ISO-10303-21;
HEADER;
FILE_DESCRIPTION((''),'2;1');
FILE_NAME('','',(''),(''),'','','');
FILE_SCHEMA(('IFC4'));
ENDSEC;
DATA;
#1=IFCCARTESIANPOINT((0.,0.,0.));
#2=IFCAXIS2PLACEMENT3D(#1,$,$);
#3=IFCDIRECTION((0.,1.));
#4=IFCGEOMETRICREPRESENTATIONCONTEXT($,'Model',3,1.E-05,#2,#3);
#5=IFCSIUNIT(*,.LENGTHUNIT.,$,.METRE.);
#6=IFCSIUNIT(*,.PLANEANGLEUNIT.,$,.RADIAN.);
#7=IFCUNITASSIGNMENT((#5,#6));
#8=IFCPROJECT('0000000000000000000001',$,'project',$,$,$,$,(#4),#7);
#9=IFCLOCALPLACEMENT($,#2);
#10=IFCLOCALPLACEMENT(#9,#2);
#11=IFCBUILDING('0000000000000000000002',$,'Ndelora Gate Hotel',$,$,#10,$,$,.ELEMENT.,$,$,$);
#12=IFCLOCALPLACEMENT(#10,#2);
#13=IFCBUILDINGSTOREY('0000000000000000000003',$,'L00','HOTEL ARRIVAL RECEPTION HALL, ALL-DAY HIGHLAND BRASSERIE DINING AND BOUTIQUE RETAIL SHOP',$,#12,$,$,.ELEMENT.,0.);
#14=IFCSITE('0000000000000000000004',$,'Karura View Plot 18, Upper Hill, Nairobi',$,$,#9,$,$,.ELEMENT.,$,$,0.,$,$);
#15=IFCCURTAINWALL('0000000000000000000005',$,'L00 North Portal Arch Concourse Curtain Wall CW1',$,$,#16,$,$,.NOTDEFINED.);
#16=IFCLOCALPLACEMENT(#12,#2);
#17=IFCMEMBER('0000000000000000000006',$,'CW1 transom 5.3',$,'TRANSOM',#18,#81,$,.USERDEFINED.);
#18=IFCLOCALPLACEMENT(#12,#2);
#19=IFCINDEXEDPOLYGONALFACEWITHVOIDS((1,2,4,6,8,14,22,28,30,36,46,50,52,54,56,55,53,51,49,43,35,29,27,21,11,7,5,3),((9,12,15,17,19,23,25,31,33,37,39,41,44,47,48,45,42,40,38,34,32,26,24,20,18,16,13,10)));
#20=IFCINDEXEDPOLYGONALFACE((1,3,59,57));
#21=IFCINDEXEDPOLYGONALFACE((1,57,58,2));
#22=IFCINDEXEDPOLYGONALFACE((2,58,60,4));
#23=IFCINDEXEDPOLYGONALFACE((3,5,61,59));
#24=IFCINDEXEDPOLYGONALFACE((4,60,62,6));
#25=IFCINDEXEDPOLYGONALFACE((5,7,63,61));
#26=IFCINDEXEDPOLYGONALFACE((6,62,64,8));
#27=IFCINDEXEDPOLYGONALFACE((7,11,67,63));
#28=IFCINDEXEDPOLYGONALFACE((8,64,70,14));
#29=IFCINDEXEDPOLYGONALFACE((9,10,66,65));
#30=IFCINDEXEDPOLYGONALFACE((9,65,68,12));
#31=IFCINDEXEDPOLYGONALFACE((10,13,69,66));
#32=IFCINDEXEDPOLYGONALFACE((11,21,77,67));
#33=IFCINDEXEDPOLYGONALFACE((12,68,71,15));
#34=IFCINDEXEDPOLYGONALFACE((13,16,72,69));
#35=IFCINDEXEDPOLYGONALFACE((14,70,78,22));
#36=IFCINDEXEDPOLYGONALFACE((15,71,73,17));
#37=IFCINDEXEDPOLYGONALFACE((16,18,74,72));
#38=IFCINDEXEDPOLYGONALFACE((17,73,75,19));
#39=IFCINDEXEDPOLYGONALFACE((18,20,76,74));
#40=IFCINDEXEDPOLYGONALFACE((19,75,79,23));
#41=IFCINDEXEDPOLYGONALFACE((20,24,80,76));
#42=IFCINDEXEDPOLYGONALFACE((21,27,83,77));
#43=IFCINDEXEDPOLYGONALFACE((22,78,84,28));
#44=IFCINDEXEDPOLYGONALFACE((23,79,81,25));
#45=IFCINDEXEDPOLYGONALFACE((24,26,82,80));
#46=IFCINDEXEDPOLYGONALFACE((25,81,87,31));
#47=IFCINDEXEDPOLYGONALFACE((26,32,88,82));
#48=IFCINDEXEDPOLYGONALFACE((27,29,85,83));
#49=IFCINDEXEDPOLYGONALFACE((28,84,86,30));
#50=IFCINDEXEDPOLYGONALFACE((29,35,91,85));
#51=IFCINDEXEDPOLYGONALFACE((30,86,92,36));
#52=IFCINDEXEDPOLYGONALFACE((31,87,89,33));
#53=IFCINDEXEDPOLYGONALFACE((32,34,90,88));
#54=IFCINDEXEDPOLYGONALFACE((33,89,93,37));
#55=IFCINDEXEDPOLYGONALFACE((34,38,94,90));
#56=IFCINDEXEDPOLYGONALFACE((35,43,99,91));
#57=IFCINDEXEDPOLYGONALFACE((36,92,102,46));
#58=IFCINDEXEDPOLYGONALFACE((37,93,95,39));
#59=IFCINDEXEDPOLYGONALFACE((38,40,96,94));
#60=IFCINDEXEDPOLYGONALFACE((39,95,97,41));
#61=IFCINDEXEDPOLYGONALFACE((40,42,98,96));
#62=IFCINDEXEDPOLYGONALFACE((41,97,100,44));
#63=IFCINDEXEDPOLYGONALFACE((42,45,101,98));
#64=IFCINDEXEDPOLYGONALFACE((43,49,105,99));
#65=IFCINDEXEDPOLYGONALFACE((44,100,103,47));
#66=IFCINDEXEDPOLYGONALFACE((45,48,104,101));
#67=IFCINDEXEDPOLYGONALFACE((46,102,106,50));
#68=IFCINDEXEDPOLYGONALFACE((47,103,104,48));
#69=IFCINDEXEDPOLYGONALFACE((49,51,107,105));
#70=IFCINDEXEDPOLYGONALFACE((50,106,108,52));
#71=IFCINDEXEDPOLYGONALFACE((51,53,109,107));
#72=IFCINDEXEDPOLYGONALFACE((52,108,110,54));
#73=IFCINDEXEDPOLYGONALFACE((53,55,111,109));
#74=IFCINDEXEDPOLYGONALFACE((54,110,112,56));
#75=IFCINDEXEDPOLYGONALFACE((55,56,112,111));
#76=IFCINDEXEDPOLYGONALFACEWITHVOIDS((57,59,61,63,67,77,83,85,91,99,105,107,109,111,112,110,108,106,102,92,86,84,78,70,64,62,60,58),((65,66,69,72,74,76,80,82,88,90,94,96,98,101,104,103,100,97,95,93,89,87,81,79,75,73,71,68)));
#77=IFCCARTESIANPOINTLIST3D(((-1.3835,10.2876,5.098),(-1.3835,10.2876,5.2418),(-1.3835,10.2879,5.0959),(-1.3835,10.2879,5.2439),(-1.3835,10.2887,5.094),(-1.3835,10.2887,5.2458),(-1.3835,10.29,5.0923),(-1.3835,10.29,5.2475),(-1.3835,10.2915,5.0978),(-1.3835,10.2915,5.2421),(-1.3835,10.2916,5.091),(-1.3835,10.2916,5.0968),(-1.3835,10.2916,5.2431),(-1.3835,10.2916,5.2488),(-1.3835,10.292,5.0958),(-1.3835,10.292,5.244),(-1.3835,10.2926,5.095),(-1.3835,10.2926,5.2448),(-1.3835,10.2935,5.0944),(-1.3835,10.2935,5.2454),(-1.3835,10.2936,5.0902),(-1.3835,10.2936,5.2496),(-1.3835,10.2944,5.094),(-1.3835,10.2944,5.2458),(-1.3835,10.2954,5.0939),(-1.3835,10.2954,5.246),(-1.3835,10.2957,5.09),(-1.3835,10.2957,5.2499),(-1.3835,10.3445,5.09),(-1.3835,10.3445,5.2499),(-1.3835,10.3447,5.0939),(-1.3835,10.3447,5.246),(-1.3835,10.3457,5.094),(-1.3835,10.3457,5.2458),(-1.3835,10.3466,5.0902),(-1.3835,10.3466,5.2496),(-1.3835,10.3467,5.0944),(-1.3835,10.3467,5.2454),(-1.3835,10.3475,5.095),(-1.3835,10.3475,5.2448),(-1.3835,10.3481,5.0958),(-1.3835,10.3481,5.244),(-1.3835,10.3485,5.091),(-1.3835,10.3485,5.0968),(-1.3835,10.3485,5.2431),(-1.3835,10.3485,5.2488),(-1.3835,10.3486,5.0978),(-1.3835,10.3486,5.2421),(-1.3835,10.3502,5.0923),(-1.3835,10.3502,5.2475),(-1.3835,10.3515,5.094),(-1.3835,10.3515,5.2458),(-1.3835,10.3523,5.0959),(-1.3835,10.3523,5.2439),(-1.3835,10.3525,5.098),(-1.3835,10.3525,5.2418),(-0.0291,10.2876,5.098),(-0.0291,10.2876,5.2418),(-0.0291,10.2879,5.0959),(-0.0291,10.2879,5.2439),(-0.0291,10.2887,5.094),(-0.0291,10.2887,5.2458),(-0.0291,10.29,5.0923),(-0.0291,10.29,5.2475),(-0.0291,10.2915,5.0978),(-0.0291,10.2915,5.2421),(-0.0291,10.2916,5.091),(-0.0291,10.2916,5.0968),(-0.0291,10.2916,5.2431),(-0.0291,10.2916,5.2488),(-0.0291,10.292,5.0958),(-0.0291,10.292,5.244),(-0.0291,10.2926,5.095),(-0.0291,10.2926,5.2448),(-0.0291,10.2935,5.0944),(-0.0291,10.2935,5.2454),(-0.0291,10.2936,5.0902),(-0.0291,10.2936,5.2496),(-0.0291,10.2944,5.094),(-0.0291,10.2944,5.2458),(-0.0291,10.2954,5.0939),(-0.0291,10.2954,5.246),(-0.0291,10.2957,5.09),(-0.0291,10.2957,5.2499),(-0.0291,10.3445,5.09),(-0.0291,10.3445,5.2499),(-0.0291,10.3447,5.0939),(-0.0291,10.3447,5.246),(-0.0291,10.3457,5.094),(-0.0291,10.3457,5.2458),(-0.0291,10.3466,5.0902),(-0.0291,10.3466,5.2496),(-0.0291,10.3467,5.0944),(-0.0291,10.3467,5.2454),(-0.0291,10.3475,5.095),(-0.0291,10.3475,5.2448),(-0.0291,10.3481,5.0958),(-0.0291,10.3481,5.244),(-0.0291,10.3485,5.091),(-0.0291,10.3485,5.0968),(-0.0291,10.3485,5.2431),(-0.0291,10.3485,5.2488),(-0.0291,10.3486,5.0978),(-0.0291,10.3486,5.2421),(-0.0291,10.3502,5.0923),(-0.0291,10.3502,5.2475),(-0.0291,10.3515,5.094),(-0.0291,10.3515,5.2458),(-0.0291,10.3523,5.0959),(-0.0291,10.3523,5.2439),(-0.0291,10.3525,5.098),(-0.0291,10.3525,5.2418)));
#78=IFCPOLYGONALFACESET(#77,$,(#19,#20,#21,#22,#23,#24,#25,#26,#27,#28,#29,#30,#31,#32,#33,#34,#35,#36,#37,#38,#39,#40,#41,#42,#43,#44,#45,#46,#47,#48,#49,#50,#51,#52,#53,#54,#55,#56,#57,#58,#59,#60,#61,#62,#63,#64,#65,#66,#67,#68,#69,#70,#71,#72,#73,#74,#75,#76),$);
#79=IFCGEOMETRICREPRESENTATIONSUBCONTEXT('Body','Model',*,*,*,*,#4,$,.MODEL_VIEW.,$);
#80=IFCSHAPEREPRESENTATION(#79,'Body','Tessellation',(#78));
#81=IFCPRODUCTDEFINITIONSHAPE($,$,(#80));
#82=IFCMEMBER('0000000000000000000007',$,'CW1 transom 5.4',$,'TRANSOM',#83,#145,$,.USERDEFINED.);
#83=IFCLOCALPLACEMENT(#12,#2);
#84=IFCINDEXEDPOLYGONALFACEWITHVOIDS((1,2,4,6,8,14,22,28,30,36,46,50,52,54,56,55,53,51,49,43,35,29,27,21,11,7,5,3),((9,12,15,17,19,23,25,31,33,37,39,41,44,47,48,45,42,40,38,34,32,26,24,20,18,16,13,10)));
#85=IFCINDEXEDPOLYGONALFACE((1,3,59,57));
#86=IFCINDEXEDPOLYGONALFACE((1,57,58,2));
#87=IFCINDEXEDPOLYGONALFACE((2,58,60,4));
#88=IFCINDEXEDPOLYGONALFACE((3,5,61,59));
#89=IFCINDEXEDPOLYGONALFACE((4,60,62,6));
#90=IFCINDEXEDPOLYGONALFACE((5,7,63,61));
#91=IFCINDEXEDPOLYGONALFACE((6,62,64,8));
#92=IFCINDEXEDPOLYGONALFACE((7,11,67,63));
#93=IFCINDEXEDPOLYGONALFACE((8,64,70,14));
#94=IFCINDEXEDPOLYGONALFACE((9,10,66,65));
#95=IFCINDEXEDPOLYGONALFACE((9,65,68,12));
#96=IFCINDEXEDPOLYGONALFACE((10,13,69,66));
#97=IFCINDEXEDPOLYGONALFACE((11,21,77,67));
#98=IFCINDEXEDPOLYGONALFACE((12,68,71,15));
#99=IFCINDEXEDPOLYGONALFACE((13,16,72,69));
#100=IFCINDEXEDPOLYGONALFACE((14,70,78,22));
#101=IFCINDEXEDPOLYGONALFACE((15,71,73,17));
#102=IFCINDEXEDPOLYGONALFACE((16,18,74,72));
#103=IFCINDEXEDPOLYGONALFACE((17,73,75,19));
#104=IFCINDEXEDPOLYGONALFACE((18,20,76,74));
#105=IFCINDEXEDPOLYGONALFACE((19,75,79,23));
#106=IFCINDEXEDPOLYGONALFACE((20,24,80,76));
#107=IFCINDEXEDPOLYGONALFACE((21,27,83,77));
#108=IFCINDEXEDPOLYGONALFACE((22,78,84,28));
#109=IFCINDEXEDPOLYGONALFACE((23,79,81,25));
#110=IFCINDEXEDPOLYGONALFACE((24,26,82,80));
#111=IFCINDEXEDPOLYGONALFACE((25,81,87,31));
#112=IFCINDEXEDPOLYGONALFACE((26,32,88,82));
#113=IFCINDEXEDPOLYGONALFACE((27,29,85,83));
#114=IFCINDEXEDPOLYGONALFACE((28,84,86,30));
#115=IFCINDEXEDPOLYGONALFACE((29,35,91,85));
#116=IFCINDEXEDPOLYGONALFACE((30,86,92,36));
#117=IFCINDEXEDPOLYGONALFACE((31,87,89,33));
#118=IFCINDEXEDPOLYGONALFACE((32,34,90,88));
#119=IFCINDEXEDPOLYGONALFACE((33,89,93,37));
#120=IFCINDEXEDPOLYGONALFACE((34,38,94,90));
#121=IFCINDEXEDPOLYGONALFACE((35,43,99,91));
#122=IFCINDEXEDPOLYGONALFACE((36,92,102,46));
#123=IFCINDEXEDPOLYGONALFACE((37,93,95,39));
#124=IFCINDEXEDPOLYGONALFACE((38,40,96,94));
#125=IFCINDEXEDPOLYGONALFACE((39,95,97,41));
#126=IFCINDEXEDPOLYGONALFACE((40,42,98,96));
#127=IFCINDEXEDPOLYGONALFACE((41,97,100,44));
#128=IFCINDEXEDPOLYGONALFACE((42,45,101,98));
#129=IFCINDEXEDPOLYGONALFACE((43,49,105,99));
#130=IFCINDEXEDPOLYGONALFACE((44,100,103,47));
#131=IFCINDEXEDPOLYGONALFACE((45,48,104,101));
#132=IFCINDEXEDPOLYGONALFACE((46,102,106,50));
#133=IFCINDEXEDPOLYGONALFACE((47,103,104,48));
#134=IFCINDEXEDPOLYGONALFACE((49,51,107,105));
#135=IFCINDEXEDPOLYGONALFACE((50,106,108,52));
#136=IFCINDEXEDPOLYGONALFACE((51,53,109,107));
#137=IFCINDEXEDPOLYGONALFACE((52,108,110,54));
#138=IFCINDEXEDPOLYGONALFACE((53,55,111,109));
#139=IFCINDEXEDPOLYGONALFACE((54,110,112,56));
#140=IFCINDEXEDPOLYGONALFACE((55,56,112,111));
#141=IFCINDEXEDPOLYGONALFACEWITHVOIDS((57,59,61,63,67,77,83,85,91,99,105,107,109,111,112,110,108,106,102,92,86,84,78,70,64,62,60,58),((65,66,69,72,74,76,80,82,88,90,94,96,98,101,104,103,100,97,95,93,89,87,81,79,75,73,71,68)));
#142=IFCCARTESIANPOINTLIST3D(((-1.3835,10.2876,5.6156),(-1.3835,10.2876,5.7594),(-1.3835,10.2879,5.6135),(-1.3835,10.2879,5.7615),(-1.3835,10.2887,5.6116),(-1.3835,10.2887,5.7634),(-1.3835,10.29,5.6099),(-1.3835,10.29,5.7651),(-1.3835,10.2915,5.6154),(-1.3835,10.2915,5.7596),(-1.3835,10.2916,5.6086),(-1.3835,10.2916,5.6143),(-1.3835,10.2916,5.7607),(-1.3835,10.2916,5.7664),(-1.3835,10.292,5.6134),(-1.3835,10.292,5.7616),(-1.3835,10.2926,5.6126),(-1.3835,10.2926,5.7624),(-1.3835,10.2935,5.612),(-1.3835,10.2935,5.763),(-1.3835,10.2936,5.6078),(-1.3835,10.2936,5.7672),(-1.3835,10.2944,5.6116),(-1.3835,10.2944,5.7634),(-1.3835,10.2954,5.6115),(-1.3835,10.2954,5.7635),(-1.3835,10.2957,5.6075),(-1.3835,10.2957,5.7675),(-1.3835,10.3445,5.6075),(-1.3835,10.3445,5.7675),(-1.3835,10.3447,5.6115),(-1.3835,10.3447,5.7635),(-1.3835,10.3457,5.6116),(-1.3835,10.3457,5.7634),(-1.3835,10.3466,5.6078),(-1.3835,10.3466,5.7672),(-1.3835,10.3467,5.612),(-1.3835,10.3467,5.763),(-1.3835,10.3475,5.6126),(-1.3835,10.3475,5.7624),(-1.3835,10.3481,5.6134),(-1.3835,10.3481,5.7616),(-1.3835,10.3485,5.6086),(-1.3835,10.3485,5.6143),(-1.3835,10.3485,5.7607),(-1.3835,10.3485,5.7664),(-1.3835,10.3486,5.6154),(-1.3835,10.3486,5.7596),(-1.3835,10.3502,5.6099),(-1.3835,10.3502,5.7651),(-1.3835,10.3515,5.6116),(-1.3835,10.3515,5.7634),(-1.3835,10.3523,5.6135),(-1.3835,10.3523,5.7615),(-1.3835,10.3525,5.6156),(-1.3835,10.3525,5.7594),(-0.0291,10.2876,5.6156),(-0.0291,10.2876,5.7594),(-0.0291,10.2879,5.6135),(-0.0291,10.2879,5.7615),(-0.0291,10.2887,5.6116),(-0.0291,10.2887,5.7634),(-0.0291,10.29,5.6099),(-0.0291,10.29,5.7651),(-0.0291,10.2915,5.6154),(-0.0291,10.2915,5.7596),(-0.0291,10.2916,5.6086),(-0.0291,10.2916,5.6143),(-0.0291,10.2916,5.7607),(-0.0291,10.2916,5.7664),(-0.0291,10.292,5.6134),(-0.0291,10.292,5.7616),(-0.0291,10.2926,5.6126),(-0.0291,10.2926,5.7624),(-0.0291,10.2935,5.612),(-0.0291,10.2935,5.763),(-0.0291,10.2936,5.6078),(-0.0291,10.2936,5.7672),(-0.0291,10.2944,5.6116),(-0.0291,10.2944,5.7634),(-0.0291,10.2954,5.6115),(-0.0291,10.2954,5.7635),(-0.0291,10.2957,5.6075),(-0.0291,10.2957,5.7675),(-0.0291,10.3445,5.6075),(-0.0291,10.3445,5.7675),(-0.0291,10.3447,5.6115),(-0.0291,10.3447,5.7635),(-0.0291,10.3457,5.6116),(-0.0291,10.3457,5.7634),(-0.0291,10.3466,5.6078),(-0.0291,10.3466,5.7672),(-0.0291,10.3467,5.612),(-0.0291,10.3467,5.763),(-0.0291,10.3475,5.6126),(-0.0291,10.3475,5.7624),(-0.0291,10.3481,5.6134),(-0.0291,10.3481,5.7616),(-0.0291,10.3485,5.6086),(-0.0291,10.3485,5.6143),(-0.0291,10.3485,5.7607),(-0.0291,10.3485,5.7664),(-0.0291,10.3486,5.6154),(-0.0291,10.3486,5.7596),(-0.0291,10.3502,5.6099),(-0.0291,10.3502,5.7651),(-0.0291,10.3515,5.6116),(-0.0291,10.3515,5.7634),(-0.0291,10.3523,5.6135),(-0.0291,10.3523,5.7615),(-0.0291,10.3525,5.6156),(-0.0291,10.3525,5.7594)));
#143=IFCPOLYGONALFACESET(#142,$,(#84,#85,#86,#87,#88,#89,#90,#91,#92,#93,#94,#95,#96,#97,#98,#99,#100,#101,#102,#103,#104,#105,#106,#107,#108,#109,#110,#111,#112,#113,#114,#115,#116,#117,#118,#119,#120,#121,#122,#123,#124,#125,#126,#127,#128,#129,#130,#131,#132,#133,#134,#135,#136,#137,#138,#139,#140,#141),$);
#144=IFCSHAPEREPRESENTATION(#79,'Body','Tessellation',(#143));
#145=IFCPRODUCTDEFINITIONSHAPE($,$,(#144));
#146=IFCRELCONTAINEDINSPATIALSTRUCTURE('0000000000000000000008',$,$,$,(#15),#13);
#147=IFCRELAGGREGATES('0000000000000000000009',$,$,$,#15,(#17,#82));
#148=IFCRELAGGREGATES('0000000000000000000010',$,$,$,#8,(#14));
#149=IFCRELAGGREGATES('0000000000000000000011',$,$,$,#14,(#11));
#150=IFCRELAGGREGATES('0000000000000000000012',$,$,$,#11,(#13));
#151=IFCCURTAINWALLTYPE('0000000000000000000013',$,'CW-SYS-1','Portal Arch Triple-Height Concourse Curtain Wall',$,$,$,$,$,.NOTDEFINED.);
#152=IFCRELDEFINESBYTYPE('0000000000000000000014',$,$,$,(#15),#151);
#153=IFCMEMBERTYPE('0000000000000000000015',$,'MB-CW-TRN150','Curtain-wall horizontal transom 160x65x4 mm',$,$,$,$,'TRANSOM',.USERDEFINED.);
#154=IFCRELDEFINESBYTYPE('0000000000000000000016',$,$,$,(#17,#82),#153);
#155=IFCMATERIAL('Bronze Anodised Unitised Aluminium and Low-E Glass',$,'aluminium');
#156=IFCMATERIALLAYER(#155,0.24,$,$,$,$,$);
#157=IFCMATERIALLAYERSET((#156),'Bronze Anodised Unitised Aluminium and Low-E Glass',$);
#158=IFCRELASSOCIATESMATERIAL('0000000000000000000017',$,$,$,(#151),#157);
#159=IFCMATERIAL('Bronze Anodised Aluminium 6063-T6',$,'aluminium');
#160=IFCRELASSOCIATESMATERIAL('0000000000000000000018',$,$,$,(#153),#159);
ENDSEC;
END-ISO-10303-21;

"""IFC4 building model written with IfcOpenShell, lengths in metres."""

from ifc_helpers import new_model, si_unit, direction, frame, origin, origin_2d, place, context, subcontext, project, spatial, hollow_rectangle, extrude, material, layer, layer_set, material_profile, profile_set, type_object, element, aggregate, save


model = new_model("IFC4")

# Units and contexts
model_context = context("Model", 3, precision=1e-05, world=origin(), true_north=direction((0.0, 1.0)))
body_context = subcontext(model_context, "Body", "Model", "MODEL_VIEW")
ifc_project = project(units=[si_unit("LENGTHUNIT", "METRE"), si_unit("PLANEANGLEUNIT", "RADIAN")], contexts=[model_context])

# Site, building, storey
site_placement = place(None, origin())
site = spatial("IfcSite", under=ifc_project, at=site_placement, Name="Karura View Plot 18, Upper Hill, Nairobi", CompositionType="ELEMENT", RefElevation=0.0)
building_placement = place(site_placement, origin())
building = spatial("IfcBuilding", under=site, at=building_placement, Name="Ndelora Gate Hotel", CompositionType="ELEMENT")
storey_placement = place(building_placement, origin())
storey = spatial("IfcBuildingStorey", under=building, at=storey_placement, Name="L00", Description="HOTEL ARRIVAL RECEPTION HALL, ALL-DAY HIGHLAND BRASSERIE DINING AND BOUTIQUE RETAIL SHOP", CompositionType="ELEMENT", Elevation=0.0)

# Curtain wall, members
ifc_material_1 = material(Name="Bronze Anodised Unitised Aluminium and Low-E Glass", Category="aluminium")
ifc_layer_1 = layer(ifc_material_1, 0.24)
ifc_layer_set_1 = layer_set([ifc_layer_1], Name="Bronze Anodised Unitised Aluminium and Low-E Glass")
curtain_wall_type = type_object("IfcCurtainWallType", Name="CW-SYS-1", Description="Portal Arch Triple-Height Concourse Curtain Wall", PredefinedType="NOTDEFINED", material=ifc_layer_set_1)
curtain_wall_placement = place(storey_placement, origin())
curtain_wall = element("IfcCurtainWall", 1, at=curtain_wall_placement, inside=storey, type_object=curtain_wall_type, Name="L00 North Portal Arch Concourse Curtain Wall CW1", PredefinedType="NOTDEFINED")
ifc_material_2 = material(Name="Bronze Anodised Aluminium 6063-T6", Category="aluminium")
ifc_material_profile_1 = material_profile(ifc_material_2, hollow_rectangle(XDim=0.0649, YDim=0.1599, WallThickness=0.0039, InnerFilletRadius=0.0039, OuterFilletRadius=0.0081, at=origin_2d()), Name="ALU 160x65x4")
ifc_profile_set_1 = profile_set([ifc_material_profile_1], Name="Bronze Anodised Aluminium 6063-T6")
member_type_1 = type_object("IfcMemberType", Name="MB-CW-TRN150", Description="Curtain-wall horizontal transom 160x65x4 mm", ElementType="TRANSOM", PredefinedType="USERDEFINED", material=ifc_profile_set_1)
member_1_placement = place(storey_placement, frame((-0.0291, 10.3201, 5.1699), z_axis=(-1.0, 0.0, 0.0), x_axis=(0.0, -1.0, 0.0)))
member_1 = element("IfcMember", 2, at=member_1_placement, type_object=member_type_1, Name="CW1 transom 5.3", ObjectType="TRANSOM", PredefinedType="USERDEFINED", context=body_context, shape_type="SweptSolid", body=[
    extrude(hollow_rectangle(XDim=0.0649, YDim=0.1599, WallThickness=0.0039, InnerFilletRadius=0.0039, OuterFilletRadius=0.0081, at=origin_2d()), origin(), (0.0, 0.0, 1.0), 1.3545),
])
member_2_placement = place(storey_placement, frame((-0.0291, 10.3201, 5.6875), z_axis=(-1.0, 0.0, 0.0), x_axis=(0.0, -1.0, 0.0)))
member_2 = element("IfcMember", 3, at=member_2_placement, type_object=member_type_1, Name="CW1 transom 5.4", ObjectType="TRANSOM", PredefinedType="USERDEFINED", context=body_context, shape_type="SweptSolid", body=[
    extrude(hollow_rectangle(XDim=0.0649, YDim=0.1599, WallThickness=0.0039, InnerFilletRadius=0.0039, OuterFilletRadius=0.0081, at=origin_2d()), origin(), (0.0, 0.0, 1.0), 1.3545),
])
aggregate(curtain_wall, [member_1, member_2])

save(model, "model.ifc")
